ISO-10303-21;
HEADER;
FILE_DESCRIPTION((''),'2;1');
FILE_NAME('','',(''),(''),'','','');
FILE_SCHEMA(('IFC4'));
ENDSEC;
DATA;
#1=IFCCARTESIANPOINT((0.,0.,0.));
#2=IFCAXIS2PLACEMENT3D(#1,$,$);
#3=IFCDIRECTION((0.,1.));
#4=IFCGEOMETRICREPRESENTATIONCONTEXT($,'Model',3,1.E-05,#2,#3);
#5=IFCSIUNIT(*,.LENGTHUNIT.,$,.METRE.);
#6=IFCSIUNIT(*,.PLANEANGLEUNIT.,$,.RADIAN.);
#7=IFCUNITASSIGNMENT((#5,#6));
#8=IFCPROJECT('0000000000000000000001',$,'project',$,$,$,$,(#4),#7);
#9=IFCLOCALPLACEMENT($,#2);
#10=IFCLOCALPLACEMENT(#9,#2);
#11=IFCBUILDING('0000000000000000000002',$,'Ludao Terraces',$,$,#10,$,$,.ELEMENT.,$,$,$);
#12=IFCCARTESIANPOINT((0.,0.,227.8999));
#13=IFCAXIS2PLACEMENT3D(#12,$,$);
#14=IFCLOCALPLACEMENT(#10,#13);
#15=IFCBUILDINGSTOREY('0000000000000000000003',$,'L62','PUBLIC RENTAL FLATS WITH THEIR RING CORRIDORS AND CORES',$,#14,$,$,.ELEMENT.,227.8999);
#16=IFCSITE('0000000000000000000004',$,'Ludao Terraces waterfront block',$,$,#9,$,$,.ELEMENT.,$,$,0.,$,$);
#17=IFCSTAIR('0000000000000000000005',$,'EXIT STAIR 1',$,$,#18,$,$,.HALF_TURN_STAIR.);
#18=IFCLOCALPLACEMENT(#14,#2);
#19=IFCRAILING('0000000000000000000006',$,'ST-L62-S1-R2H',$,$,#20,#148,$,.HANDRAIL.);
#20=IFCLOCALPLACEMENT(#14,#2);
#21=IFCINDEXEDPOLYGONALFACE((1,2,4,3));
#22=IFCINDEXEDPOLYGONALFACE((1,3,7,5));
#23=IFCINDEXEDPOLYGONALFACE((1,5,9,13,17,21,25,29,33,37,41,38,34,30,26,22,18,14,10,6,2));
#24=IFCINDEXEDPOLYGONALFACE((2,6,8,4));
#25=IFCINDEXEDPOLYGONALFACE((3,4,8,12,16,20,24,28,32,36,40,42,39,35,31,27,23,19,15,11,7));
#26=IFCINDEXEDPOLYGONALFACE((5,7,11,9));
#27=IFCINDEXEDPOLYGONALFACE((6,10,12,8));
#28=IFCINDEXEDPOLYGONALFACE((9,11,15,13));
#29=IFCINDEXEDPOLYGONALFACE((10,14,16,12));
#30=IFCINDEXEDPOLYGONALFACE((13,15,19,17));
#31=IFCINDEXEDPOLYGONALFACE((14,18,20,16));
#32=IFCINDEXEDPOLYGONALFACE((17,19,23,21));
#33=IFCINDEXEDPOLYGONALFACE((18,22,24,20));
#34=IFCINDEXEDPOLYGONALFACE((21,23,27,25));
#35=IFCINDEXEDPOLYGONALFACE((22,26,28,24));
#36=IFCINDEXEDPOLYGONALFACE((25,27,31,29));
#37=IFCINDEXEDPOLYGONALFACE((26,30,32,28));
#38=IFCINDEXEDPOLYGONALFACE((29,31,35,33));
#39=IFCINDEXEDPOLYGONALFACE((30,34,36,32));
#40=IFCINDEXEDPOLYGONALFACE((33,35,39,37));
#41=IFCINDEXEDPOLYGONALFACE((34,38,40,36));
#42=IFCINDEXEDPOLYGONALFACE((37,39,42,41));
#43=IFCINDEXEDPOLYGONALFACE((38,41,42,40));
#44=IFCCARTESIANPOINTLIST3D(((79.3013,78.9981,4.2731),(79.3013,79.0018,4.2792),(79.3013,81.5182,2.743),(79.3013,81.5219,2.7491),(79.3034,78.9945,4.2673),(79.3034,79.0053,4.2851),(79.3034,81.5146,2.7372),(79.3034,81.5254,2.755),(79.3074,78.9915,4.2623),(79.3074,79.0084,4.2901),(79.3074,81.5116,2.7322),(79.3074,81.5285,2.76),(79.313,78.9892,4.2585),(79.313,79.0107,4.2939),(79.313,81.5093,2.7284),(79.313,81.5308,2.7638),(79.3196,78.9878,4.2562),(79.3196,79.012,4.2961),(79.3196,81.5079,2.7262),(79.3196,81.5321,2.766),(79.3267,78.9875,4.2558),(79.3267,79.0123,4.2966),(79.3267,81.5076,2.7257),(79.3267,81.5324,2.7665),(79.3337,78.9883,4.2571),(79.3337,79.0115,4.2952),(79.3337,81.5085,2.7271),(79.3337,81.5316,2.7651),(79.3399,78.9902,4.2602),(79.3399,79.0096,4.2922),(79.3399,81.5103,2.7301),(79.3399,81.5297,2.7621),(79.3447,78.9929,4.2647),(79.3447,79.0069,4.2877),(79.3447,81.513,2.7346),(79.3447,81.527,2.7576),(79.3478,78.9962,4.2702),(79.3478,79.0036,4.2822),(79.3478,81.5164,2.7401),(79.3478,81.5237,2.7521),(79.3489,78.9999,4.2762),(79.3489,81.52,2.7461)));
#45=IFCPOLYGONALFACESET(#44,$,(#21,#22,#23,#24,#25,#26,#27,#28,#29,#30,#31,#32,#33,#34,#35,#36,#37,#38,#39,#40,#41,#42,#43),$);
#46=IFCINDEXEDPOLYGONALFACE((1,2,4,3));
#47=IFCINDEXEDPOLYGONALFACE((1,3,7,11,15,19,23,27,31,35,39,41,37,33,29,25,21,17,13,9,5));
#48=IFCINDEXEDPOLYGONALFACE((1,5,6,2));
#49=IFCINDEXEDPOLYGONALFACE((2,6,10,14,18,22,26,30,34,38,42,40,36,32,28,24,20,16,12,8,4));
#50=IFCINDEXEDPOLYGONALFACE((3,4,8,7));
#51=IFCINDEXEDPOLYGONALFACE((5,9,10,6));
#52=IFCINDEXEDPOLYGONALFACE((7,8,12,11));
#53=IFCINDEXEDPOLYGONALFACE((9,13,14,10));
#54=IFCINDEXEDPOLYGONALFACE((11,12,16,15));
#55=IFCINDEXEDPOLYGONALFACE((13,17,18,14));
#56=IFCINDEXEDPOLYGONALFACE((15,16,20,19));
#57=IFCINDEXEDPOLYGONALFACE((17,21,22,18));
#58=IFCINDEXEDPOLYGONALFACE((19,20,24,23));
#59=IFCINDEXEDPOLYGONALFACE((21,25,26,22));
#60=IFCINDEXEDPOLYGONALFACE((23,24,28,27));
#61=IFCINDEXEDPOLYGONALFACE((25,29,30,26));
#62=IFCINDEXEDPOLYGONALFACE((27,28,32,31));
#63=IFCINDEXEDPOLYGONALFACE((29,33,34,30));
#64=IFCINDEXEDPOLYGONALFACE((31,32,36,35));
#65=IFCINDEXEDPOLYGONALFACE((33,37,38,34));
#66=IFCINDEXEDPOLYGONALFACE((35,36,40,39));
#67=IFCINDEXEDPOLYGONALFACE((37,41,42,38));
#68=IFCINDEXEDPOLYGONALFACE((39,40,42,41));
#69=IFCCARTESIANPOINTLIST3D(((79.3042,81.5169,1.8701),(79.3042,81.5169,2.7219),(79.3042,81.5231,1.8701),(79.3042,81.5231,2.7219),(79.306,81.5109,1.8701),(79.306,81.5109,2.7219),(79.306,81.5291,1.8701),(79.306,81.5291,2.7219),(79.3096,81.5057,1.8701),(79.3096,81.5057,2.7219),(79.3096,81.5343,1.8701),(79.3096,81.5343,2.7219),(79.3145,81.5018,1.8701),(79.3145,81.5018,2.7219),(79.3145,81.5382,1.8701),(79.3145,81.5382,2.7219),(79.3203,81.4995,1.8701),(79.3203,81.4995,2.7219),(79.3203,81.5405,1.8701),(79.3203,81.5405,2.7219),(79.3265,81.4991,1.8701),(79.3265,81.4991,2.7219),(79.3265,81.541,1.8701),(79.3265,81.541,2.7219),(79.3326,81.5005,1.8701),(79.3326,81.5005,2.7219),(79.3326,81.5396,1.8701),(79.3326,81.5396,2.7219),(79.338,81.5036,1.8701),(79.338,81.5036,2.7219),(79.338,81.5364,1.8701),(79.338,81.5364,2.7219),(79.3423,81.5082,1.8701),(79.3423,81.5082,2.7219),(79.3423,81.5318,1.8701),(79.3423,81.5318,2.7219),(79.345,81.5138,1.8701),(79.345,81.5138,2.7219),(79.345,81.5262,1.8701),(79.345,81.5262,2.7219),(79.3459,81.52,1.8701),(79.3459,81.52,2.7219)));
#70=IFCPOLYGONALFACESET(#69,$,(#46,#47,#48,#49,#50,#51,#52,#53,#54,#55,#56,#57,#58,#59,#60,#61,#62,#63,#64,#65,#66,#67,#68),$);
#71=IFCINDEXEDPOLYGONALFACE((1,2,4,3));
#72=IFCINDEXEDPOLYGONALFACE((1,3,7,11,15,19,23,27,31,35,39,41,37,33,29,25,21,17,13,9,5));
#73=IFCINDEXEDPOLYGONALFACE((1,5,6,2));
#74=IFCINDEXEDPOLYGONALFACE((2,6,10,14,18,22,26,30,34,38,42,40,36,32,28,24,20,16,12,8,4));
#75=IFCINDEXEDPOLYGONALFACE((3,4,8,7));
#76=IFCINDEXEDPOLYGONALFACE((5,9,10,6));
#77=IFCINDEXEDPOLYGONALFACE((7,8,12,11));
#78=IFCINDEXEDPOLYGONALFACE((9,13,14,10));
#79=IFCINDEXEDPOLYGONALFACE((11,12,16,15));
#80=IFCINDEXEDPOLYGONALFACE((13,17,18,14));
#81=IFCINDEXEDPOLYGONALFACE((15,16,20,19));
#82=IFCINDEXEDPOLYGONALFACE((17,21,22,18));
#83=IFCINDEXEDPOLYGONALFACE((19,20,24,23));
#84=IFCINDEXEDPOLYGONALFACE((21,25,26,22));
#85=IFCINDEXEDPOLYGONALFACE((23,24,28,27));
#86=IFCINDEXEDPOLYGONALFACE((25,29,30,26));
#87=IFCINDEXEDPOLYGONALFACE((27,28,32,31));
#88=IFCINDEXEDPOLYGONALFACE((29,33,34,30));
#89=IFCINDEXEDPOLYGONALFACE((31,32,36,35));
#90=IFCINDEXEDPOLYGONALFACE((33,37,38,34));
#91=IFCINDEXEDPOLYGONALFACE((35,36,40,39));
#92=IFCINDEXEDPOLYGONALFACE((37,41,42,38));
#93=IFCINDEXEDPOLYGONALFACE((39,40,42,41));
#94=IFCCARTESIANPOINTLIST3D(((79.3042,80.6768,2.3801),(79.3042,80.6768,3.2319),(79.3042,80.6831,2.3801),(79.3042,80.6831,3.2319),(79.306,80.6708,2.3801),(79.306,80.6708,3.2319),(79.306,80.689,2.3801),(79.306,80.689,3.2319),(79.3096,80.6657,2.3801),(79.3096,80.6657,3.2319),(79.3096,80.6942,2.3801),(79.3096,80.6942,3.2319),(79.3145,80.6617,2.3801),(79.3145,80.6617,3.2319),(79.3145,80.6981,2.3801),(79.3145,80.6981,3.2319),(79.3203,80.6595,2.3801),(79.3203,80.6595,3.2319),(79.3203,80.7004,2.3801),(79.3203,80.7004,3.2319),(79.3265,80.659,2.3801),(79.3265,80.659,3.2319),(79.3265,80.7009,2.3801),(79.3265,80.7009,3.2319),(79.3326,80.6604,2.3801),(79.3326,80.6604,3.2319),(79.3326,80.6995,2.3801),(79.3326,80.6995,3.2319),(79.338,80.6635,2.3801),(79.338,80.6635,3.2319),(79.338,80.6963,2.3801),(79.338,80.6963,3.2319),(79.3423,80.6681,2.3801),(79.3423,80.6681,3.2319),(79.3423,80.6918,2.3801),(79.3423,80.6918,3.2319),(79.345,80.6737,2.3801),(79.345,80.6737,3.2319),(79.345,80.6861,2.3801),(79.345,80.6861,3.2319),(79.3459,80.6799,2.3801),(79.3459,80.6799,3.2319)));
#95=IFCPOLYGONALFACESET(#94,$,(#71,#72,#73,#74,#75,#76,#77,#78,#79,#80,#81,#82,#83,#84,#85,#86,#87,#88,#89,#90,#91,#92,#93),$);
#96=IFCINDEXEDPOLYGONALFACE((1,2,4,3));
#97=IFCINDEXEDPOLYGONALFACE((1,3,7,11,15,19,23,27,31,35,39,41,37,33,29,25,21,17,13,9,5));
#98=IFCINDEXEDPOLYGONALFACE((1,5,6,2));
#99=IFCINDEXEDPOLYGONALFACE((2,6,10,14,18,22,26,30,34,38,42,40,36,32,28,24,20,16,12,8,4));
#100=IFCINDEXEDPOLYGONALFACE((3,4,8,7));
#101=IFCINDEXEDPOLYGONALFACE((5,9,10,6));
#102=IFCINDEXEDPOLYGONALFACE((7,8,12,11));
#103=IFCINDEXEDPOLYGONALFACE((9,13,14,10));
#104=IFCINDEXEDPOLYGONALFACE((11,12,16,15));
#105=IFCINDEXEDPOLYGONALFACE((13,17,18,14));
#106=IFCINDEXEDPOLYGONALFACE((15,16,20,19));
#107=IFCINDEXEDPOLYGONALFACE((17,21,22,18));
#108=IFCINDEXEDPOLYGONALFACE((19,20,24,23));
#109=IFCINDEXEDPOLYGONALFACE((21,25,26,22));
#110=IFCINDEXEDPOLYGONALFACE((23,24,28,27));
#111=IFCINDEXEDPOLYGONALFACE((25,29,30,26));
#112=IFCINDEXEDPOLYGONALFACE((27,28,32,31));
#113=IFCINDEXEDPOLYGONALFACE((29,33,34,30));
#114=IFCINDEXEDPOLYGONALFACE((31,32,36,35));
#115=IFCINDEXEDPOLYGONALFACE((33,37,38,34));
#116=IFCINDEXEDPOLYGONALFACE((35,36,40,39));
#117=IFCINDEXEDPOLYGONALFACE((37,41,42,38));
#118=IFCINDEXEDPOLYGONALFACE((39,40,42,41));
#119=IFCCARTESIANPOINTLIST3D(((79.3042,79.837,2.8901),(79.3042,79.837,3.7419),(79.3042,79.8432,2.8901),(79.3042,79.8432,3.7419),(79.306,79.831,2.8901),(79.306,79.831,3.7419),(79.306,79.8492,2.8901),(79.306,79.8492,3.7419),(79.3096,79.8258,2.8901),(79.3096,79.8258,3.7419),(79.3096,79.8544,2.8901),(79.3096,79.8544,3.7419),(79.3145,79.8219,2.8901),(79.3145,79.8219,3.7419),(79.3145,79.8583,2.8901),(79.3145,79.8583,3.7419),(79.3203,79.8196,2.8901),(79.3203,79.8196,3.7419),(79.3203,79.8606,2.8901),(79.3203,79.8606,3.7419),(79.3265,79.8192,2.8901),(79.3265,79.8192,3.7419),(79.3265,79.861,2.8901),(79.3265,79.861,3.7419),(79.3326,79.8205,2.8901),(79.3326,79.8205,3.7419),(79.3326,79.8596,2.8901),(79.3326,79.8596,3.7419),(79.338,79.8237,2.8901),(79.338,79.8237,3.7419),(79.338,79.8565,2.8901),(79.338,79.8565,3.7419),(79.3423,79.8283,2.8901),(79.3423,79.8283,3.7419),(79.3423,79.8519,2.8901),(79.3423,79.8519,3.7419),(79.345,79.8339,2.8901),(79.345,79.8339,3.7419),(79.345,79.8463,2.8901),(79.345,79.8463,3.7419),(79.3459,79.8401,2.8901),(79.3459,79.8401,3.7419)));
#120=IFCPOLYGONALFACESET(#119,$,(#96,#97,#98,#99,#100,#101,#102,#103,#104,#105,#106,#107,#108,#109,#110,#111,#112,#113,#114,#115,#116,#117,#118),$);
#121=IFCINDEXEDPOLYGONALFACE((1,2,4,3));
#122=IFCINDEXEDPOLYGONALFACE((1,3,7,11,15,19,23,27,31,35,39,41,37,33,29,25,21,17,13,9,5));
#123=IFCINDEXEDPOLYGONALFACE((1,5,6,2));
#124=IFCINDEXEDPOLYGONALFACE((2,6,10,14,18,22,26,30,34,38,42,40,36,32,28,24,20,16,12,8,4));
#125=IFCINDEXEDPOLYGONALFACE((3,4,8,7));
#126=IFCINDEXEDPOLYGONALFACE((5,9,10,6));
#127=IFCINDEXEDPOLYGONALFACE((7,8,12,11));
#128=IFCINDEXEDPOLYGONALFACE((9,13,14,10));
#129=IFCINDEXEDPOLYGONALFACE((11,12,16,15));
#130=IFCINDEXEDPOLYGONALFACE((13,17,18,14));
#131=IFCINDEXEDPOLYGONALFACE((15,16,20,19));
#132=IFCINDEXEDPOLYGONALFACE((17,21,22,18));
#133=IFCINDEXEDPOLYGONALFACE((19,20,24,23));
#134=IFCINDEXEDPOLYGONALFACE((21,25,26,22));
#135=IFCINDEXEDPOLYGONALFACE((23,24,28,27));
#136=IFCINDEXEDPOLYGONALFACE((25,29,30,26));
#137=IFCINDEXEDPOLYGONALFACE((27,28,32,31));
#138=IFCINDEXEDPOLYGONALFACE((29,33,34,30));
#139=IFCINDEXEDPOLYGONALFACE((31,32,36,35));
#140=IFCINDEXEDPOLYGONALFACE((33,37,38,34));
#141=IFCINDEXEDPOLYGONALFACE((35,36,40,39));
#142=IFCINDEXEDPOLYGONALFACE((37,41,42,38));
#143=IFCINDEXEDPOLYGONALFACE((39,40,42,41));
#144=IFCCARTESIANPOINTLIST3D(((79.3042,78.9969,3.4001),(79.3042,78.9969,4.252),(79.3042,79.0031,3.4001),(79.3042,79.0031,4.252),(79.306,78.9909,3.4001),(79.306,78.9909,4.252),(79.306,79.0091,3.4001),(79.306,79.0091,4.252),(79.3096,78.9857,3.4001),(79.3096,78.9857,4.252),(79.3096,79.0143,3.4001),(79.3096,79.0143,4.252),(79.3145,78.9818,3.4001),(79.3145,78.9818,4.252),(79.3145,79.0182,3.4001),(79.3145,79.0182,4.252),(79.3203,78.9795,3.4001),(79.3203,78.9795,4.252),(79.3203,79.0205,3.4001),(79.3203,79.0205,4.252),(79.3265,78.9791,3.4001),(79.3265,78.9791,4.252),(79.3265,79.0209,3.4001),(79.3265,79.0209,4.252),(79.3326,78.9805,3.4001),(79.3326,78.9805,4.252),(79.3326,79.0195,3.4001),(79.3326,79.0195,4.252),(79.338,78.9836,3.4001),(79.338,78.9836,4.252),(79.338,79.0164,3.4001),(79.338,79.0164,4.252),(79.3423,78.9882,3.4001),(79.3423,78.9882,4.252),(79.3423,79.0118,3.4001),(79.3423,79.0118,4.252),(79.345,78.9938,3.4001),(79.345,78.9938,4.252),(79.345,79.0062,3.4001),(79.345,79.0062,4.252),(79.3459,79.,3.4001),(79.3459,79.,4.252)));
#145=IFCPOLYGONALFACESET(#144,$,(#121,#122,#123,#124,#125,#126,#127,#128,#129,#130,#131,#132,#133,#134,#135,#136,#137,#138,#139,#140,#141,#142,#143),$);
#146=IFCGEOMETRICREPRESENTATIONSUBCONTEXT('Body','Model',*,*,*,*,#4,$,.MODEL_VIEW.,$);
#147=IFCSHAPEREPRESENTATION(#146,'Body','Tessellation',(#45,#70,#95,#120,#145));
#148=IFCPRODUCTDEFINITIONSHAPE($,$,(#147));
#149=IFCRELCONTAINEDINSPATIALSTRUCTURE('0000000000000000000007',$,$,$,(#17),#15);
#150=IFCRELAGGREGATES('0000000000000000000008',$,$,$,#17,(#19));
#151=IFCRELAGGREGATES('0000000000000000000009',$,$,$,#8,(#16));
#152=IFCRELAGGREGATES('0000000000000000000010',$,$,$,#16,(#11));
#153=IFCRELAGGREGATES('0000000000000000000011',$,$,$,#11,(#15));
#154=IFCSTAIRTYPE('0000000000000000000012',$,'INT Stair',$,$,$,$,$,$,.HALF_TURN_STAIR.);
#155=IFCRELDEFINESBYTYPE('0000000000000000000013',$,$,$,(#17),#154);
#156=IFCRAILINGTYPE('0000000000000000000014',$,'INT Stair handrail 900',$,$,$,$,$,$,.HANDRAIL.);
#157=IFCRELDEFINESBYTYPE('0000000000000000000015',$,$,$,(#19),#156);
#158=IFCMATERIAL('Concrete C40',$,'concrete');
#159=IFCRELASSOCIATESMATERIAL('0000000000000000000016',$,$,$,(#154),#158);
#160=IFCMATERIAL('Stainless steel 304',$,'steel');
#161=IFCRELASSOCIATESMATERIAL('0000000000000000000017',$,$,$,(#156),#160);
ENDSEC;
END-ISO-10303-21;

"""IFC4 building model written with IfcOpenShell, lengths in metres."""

from ifc_helpers import new_model, si_unit, direction, frame, origin, origin_2d, place, context, subcontext, project, spatial, circle, extrude, material, type_object, element, aggregate, save


model = new_model("IFC4")

# Units and contexts
model_context = context("Model", 3, precision=1e-05, world=origin(), true_north=direction((0.0, 1.0)))
body_context = subcontext(model_context, "Body", "Model", "MODEL_VIEW")
ifc_project = project(units=[si_unit("LENGTHUNIT", "METRE"), si_unit("PLANEANGLEUNIT", "RADIAN")], contexts=[model_context])

# Site, building, storey
site_placement = place(None, origin())
site = spatial("IfcSite", under=ifc_project, at=site_placement, Name="Ludao Terraces waterfront block", CompositionType="ELEMENT", RefElevation=0.0)
building_placement = place(site_placement, origin())
building = spatial("IfcBuilding", under=site, at=building_placement, Name="Ludao Terraces", CompositionType="ELEMENT")
storey_placement = place(building_placement, frame((0.0, 0.0, 227.8999)))
storey = spatial("IfcBuildingStorey", under=building, at=storey_placement, Name="L62", Description="PUBLIC RENTAL FLATS WITH THEIR RING CORRIDORS AND CORES", CompositionType="ELEMENT", Elevation=227.8999)

# Shared definitions
ifc_material_1 = material(Name="Concrete C40", Category="concrete")

# Stair, railing
stair_type = type_object("IfcStairType", Name="INT Stair", PredefinedType="HALF_TURN_STAIR", material=ifc_material_1)
stair_placement = place(storey_placement, origin())
stair = element("IfcStair", 1, at=stair_placement, inside=storey, type_object=stair_type, Name="EXIT STAIR 1", PredefinedType="HALF_TURN_STAIR")
ifc_material_2 = material(Name="Stainless steel 304", Category="steel")
railing_type_1 = type_object("IfcRailingType", Name="INT Stair handrail 900", PredefinedType="HANDRAIL", material=ifc_material_2)
railing_1_placement = place(storey_placement, frame((79.325, 81.52, 1.8701)))
railing_1 = element("IfcRailing", 2, at=railing_1_placement, type_object=railing_type_1, Name="ST-L62-S1-R2H", PredefinedType="HANDRAIL", context=body_context, shape_type="SweptSolid", body=[
    extrude(circle(Radius=0.0239, at=origin_2d()), frame((0.0, 0.0, 0.876), z_axis=(0.0, -0.854785, 0.518982), x_axis=(1.0, 0.0, 0.0)), (0.0, 0.0, 1.0), 2.9482),
    extrude(circle(Radius=0.021, at=origin_2d()), origin(), (0.0, 0.0, 1.0), 0.8518),
    extrude(circle(Radius=0.021, at=origin_2d()), frame((0.0, -0.8401, 0.51)), (0.0, 0.0, 1.0), 0.8518),
    extrude(circle(Radius=0.021, at=origin_2d()), frame((0.0, -1.6799, 1.02)), (0.0, 0.0, 1.0), 0.8518),
    extrude(circle(Radius=0.021, at=origin_2d()), frame((0.0, -2.52, 1.53)), (0.0, 0.0, 1.0), 0.8518),
])
aggregate(stair, [railing_1])

save(model, "model.ifc")
